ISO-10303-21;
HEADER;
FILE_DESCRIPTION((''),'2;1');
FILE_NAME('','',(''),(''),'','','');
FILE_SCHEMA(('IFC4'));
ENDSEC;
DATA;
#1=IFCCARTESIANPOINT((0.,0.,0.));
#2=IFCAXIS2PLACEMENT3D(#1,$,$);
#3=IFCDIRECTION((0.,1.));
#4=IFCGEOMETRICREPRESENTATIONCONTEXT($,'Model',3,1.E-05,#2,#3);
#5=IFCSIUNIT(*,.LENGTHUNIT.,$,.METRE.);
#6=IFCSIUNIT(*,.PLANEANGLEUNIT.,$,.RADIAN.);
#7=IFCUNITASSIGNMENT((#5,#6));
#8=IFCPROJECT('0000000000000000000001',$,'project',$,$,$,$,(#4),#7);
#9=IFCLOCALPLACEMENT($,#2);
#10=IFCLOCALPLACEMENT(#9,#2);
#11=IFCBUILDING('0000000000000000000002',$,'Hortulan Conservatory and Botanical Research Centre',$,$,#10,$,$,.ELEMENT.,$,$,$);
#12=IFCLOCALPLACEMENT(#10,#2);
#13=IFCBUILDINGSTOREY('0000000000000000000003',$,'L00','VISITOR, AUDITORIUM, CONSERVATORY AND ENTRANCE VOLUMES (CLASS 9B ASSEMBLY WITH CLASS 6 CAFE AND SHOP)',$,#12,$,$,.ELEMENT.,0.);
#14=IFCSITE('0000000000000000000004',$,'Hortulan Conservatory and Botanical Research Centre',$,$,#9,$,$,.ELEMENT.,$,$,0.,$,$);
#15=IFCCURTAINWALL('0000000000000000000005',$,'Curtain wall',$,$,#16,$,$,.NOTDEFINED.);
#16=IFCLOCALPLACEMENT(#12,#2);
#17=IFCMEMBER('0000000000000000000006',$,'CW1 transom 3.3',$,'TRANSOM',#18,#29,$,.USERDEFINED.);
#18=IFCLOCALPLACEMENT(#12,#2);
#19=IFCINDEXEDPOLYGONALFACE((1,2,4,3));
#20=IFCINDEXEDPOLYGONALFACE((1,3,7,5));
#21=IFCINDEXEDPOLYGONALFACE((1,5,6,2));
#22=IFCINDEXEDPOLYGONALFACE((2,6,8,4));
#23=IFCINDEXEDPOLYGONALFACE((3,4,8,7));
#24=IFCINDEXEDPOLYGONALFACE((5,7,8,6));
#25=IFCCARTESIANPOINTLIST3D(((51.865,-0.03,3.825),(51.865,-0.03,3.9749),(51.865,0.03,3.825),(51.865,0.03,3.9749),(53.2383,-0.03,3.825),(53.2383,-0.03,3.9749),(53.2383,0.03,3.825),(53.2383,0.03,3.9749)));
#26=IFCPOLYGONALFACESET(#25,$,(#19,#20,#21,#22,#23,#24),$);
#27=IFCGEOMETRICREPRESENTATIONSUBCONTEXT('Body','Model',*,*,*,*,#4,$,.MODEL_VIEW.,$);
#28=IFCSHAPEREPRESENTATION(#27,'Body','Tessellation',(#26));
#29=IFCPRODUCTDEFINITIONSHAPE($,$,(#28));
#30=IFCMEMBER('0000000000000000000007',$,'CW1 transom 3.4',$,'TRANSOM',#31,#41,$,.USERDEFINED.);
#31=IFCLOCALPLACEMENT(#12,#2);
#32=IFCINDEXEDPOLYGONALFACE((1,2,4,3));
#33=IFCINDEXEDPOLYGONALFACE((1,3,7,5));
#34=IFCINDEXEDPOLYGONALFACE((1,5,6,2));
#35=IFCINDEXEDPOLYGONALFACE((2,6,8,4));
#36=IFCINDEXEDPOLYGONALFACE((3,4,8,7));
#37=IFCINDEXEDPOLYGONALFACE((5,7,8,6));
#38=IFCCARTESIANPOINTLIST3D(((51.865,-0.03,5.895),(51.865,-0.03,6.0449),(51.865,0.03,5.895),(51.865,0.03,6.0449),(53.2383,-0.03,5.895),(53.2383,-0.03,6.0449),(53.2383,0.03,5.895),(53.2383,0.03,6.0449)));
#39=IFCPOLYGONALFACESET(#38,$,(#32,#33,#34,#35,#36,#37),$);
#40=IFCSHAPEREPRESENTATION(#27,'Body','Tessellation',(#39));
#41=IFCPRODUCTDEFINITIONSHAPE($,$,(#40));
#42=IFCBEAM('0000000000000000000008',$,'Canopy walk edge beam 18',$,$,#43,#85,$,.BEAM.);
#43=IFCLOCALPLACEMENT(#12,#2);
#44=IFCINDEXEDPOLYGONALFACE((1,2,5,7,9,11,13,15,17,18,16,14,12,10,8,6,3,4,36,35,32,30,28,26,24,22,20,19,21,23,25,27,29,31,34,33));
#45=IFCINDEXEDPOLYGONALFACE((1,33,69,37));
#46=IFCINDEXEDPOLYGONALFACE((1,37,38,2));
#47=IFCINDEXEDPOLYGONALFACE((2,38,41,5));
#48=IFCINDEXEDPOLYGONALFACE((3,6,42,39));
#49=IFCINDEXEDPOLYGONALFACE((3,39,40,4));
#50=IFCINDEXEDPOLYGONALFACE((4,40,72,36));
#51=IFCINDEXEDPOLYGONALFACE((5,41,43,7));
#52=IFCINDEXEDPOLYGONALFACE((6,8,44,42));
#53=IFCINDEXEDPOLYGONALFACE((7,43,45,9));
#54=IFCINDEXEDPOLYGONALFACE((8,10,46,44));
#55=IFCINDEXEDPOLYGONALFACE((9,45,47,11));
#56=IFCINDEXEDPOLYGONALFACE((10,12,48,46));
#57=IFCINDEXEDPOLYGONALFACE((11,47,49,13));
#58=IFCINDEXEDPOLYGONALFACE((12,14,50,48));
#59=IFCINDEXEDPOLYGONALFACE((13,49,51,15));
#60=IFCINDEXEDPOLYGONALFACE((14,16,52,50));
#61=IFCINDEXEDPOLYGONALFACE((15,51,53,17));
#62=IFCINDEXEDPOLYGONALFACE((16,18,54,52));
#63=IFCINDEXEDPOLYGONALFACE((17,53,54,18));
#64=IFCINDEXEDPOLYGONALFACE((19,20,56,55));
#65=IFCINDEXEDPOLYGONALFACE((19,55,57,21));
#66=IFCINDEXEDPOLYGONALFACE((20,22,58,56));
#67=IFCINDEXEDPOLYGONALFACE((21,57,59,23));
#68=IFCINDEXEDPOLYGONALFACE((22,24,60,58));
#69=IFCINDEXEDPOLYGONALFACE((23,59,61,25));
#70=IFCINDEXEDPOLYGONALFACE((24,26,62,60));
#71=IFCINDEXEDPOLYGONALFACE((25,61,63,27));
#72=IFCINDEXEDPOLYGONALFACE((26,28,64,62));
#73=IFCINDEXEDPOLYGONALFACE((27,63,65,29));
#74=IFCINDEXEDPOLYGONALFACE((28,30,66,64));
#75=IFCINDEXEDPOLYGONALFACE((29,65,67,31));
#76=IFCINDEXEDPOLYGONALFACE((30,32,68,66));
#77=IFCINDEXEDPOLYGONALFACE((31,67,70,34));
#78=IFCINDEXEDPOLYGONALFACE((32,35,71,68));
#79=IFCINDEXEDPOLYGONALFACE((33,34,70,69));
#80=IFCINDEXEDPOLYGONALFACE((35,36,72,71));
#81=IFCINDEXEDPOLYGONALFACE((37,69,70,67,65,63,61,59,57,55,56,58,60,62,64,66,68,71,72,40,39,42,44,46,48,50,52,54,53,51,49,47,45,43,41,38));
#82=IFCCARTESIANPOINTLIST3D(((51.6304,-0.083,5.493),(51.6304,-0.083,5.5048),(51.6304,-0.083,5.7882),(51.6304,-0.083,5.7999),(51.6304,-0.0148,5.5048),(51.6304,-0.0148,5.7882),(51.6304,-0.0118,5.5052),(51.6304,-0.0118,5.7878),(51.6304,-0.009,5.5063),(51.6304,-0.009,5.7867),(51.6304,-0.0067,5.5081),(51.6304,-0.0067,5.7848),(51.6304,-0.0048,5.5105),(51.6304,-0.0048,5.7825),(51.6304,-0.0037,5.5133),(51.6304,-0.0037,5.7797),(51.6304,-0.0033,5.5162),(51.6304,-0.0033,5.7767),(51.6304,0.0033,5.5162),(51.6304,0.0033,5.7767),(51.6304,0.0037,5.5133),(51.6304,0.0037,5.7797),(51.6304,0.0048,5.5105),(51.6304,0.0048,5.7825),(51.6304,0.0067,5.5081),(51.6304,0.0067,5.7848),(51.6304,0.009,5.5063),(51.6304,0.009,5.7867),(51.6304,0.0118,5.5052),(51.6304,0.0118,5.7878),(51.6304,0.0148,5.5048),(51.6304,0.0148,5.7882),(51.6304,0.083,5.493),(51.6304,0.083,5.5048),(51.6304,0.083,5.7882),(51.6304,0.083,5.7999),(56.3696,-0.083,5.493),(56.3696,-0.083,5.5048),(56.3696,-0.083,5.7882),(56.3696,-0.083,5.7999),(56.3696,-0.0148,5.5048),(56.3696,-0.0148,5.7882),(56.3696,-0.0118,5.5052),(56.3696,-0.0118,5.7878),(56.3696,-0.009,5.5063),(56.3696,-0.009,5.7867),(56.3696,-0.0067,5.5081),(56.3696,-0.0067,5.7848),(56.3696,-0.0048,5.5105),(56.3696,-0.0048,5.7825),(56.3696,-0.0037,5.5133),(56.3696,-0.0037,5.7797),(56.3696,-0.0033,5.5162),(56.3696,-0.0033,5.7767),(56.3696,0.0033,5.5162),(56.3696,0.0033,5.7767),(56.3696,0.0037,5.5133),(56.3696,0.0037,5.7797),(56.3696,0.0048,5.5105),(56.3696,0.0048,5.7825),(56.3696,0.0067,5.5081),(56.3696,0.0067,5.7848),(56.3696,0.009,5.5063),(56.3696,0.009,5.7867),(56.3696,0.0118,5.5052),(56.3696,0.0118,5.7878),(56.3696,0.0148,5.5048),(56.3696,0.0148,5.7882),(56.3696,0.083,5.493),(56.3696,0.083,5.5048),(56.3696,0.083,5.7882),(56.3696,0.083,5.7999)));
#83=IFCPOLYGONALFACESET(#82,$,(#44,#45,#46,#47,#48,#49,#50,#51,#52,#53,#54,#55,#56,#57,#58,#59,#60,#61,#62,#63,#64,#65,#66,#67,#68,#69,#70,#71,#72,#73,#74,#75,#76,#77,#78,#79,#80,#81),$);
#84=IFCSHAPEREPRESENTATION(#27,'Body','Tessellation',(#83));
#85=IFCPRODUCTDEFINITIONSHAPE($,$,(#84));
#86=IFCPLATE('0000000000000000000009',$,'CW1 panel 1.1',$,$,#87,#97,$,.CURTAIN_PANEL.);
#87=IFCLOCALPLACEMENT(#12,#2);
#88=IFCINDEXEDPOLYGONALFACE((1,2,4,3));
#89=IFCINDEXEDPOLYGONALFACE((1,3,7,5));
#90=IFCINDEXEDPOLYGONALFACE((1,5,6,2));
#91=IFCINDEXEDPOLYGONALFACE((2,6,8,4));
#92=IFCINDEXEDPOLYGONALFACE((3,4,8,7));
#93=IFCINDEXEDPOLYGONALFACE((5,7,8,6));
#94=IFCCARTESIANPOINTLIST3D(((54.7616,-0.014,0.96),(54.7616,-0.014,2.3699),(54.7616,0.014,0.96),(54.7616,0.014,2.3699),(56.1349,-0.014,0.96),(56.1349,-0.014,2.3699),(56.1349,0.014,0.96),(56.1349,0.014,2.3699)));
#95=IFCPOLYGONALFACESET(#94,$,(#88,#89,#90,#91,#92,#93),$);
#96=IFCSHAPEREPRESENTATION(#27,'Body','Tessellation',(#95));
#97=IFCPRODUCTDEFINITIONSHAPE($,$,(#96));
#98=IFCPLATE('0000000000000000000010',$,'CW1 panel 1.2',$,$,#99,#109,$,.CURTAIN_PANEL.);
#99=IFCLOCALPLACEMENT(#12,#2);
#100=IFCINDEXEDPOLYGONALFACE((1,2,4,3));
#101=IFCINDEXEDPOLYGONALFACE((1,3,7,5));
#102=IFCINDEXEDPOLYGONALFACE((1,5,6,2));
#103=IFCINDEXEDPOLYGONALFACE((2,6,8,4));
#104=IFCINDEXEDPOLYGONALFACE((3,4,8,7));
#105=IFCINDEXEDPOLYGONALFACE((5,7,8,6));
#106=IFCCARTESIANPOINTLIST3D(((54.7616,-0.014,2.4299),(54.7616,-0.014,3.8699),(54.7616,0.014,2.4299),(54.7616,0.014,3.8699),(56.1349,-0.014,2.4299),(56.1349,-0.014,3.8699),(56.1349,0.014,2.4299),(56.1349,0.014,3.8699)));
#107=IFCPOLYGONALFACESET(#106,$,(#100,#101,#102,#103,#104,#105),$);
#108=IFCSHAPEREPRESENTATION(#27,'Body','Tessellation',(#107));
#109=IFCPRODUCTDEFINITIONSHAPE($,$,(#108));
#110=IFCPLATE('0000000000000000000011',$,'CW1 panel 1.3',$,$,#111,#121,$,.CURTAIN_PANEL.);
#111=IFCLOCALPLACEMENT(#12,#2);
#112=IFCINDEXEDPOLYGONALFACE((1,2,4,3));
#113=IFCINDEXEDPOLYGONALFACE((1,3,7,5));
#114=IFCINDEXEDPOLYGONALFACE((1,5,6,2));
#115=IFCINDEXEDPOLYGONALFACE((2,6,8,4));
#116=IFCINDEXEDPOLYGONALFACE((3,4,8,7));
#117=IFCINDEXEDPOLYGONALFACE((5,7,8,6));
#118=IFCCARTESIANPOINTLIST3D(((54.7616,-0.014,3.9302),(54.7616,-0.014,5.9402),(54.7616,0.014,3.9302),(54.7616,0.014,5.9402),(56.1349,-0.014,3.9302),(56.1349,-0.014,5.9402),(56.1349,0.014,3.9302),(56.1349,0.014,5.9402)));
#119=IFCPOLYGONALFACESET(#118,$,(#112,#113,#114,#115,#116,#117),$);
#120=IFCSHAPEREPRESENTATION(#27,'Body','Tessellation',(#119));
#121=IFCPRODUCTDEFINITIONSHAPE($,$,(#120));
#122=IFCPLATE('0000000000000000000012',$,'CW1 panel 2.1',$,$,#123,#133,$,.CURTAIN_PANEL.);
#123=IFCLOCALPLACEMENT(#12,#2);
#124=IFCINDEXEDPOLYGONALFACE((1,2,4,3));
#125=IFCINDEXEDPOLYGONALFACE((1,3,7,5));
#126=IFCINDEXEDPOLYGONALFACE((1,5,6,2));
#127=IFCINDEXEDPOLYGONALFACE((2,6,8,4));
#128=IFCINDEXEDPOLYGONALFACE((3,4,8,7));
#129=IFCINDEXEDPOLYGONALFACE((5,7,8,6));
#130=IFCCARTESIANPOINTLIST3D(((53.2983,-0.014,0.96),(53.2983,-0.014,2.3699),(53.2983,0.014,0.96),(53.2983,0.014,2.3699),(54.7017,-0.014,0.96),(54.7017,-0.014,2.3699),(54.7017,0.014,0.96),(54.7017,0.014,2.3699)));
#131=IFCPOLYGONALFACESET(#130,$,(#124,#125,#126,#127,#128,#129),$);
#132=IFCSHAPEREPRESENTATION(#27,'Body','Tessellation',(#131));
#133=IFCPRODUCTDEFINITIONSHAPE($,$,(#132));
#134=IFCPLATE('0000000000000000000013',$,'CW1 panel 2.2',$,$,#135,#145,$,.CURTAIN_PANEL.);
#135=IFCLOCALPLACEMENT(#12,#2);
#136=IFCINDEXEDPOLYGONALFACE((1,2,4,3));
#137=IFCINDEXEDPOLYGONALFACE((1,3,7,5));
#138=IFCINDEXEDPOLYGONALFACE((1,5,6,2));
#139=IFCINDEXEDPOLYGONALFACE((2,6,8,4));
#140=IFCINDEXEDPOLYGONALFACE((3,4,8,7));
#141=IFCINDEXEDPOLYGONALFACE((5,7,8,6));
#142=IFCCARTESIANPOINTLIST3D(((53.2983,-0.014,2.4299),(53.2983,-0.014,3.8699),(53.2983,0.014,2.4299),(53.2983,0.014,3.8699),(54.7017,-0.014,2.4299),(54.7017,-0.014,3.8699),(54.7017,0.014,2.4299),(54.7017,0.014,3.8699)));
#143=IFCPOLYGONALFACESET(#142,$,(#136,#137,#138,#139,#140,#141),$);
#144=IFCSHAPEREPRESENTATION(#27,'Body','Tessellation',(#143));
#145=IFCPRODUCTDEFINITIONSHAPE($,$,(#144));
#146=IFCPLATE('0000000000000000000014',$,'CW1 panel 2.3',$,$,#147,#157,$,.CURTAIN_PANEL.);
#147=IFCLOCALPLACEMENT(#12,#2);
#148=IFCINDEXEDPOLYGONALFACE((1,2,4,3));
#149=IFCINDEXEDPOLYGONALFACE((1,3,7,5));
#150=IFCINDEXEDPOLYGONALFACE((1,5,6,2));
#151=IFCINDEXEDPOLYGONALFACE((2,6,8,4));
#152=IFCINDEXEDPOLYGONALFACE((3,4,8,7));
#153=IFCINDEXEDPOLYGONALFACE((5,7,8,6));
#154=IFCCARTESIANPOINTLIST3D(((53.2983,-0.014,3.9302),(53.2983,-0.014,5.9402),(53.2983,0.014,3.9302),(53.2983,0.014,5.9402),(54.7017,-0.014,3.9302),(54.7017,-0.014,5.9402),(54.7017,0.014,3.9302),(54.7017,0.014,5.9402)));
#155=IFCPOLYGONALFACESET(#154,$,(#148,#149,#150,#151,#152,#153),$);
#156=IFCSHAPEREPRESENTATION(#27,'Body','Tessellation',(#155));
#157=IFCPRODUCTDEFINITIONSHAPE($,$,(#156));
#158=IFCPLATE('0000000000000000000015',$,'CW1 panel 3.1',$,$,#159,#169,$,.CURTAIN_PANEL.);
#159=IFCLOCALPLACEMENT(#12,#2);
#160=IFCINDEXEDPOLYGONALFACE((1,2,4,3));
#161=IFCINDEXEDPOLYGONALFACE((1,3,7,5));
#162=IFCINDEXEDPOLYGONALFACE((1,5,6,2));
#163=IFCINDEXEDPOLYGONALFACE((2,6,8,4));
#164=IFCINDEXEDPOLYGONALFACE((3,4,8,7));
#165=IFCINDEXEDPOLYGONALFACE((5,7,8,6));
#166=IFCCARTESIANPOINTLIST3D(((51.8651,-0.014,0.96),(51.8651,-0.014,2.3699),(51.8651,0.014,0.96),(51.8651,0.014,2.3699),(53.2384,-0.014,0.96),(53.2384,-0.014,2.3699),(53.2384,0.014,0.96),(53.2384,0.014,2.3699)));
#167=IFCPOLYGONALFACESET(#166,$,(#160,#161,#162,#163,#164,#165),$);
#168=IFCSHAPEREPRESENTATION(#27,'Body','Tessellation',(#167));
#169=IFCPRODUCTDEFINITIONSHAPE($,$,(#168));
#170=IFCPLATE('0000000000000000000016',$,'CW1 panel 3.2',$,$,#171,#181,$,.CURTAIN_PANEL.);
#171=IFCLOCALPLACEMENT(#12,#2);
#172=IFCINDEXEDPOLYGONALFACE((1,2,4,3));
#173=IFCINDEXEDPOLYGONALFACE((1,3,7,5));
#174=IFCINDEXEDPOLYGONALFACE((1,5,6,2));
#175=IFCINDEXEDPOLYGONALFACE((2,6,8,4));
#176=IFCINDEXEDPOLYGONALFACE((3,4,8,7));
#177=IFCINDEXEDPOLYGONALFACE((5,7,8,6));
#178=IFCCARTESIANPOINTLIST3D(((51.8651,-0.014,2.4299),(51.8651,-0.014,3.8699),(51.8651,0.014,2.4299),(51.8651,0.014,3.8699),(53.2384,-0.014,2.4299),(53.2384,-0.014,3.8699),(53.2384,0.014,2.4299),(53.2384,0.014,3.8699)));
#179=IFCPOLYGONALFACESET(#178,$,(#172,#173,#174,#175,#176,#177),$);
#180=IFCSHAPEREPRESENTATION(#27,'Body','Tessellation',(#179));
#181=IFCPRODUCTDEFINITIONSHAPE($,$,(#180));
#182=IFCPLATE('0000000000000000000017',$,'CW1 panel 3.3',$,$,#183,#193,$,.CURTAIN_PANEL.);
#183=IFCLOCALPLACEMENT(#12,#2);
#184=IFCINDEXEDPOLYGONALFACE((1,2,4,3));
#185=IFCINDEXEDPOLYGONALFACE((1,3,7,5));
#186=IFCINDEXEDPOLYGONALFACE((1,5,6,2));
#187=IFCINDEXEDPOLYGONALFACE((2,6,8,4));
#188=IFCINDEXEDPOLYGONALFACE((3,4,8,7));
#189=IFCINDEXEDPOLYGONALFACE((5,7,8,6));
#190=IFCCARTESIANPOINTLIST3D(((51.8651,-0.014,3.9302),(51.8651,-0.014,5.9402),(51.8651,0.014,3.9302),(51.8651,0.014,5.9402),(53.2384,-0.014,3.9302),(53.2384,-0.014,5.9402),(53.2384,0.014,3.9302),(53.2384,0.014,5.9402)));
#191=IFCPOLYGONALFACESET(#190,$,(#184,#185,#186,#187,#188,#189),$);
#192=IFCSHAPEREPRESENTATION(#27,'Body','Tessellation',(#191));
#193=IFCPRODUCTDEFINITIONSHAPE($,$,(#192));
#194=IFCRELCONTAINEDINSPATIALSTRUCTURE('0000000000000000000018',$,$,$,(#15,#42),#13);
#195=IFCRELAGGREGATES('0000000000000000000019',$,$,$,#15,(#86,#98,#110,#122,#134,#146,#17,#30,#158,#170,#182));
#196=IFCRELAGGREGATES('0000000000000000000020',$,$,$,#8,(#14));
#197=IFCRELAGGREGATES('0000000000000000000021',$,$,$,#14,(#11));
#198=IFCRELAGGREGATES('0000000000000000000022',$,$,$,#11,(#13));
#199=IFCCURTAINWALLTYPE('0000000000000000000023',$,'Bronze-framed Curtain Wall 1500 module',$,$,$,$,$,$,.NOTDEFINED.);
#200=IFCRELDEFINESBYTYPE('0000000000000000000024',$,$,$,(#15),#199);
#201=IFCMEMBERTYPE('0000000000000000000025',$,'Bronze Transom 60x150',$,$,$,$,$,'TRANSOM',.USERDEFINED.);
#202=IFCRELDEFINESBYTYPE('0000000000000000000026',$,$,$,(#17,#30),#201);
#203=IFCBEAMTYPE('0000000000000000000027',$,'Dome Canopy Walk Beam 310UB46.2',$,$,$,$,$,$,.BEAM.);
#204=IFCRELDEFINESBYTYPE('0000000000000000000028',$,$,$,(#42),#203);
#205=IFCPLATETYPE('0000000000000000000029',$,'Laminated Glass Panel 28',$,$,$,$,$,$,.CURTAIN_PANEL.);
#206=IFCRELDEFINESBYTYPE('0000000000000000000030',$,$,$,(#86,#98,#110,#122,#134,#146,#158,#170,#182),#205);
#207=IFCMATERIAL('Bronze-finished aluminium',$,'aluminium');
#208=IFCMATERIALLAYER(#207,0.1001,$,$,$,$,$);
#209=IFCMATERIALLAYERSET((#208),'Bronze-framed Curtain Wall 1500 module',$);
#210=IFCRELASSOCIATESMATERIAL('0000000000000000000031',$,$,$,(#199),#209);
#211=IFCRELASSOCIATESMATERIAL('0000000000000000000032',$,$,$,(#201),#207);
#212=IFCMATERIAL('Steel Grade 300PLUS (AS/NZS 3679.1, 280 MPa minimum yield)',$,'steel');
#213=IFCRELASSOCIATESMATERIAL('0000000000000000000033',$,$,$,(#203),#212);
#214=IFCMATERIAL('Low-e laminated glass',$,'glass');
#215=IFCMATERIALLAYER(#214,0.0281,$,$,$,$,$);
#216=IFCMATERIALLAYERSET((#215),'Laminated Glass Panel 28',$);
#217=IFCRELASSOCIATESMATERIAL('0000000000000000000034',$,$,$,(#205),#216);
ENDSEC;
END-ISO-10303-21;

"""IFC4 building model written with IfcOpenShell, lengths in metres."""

from ifc_helpers import new_model, si_unit, direction, frame, origin, origin_2d, place, context, subcontext, project, spatial, rectangle, i_section, extrude, material, layer, layer_set, material_profile, profile_set, type_object, element, aggregate, save


model = new_model("IFC4")

# Units and contexts
model_context = context("Model", 3, precision=1e-05, world=origin(), true_north=direction((0.0, 1.0)))
body_context = subcontext(model_context, "Body", "Model", "MODEL_VIEW")
ifc_project = project(units=[si_unit("LENGTHUNIT", "METRE"), si_unit("PLANEANGLEUNIT", "RADIAN")], contexts=[model_context])

# Site, building, storey
site_placement = place(None, origin())
site = spatial("IfcSite", under=ifc_project, at=site_placement, Name="Hortulan Conservatory and Botanical Research Centre", CompositionType="ELEMENT", RefElevation=0.0)
building_placement = place(site_placement, origin())
building = spatial("IfcBuilding", under=site, at=building_placement, Name="Hortulan Conservatory and Botanical Research Centre", CompositionType="ELEMENT")
storey_placement = place(building_placement, origin())
storey = spatial("IfcBuildingStorey", under=building, at=storey_placement, Name="L00", Description="VISITOR, AUDITORIUM, CONSERVATORY AND ENTRANCE VOLUMES (CLASS 9B ASSEMBLY WITH CLASS 6 CAFE AND SHOP)", CompositionType="ELEMENT", Elevation=0.0)

# Curtain wall, members
ifc_material_1 = material(Name="Bronze-finished aluminium", Category="aluminium")
ifc_layer_1 = layer(ifc_material_1, 0.1001)
ifc_layer_set_1 = layer_set([ifc_layer_1], Name="Bronze-framed Curtain Wall 1500 module")
curtain_wall_type = type_object("IfcCurtainWallType", Name="Bronze-framed Curtain Wall 1500 module", PredefinedType="NOTDEFINED", material=ifc_layer_set_1)
curtain_wall_placement = place(storey_placement, origin())
curtain_wall = element("IfcCurtainWall", 1, at=curtain_wall_placement, inside=storey, type_object=curtain_wall_type, Name="Curtain wall", PredefinedType="NOTDEFINED")
ifc_material_profile_1 = material_profile(ifc_material_1, rectangle(XDim=0.0601, YDim=0.1499, at=origin_2d()), Name="Bronze Transom 60x150")
ifc_profile_set_1 = profile_set([ifc_material_profile_1], Name="Bronze-finished aluminium")
member_type_1 = type_object("IfcMemberType", Name="Bronze Transom 60x150", ElementType="TRANSOM", PredefinedType="USERDEFINED", material=ifc_profile_set_1)
member_1_placement = place(storey_placement, frame((53.2383, 0.0, 3.8999), z_axis=(-1.0, 0.0, 0.0), x_axis=(0.0, -1.0, 0.0)))
member_1 = element("IfcMember", 2, at=member_1_placement, type_object=member_type_1, Name="CW1 transom 3.3", ObjectType="TRANSOM", PredefinedType="USERDEFINED", context=body_context, shape_type="SweptSolid", body=[
    extrude(rectangle(XDim=0.0601, YDim=0.1499, at=origin_2d()), origin(), (0.0, 0.0, 1.0), 1.3733),
])
member_2_placement = place(storey_placement, frame((53.2383, 0.0, 5.97), z_axis=(-1.0, 0.0, 0.0), x_axis=(0.0, -1.0, 0.0)))
member_2 = element("IfcMember", 3, at=member_2_placement, type_object=member_type_1, Name="CW1 transom 3.4", ObjectType="TRANSOM", PredefinedType="USERDEFINED", context=body_context, shape_type="SweptSolid", body=[
    extrude(rectangle(XDim=0.0601, YDim=0.1499, at=origin_2d()), origin(), (0.0, 0.0, 1.0), 1.3733),
])

# Beam
ifc_material_2 = material(Name="Steel Grade 300PLUS (AS/NZS 3679.1, 280 MPa minimum yield)", Category="steel")
ifc_material_profile_2 = material_profile(ifc_material_2, i_section(OverallWidth=0.166, OverallDepth=0.3069, WebThickness=0.0066, FlangeThickness=0.0117, FilletRadius=0.0115, at=origin_2d()), Name="310UB46.2")
ifc_profile_set_2 = profile_set([ifc_material_profile_2], Name="Steel Grade 300PLUS (AS/NZS 3679.1, 280 MPa minimum yield)")
beam_type = type_object("IfcBeamType", Name="Dome Canopy Walk Beam 310UB46.2", PredefinedType="BEAM", material=ifc_profile_set_2)
beam_placement = place(storey_placement, frame((51.6304, 0.0, 5.6465), z_axis=(1.0, 0.0, 0.0), x_axis=(0.0, 1.0, 0.0)))
element("IfcBeam", 4, at=beam_placement, inside=storey, type_object=beam_type, Name="Canopy walk edge beam 18", PredefinedType="BEAM", context=body_context, shape_type="SweptSolid", body=[
    extrude(i_section(OverallWidth=0.166, OverallDepth=0.3069, WebThickness=0.0066, FlangeThickness=0.0117, FilletRadius=0.0115, at=origin_2d()), origin(), (0.0, 0.0, 1.0), 4.7393),
])

# Plates
ifc_material_3 = material(Name="Low-e laminated glass", Category="glass")
ifc_layer_2 = layer(ifc_material_3, 0.0281)
ifc_layer_set_2 = layer_set([ifc_layer_2], Name="Laminated Glass Panel 28")
plate_type = type_object("IfcPlateType", Name="Laminated Glass Panel 28", PredefinedType="CURTAIN_PANEL", material=ifc_layer_set_2)
plate_1_placement = place(storey_placement, frame((55.4482, 0.0, 0.96), z_axis=(0.0, 0.0, 1.0), x_axis=(-1.0, 0.0, 0.0)))
plate_1 = element("IfcPlate", 5, at=plate_1_placement, type_object=plate_type, Name="CW1 panel 1.1", PredefinedType="CURTAIN_PANEL", context=body_context, shape_type="SweptSolid", body=[
    extrude(rectangle(XDim=1.3733, YDim=0.0281, at=origin_2d()), origin(), (0.0, 0.0, 1.0), 1.4099),
])
plate_2_placement = place(storey_placement, frame((55.4482, 0.0, 2.4299), z_axis=(0.0, 0.0, 1.0), x_axis=(-1.0, 0.0, 0.0)))
plate_2 = element("IfcPlate", 6, at=plate_2_placement, type_object=plate_type, Name="CW1 panel 1.2", PredefinedType="CURTAIN_PANEL", context=body_context, shape_type="SweptSolid", body=[
    extrude(rectangle(XDim=1.3733, YDim=0.0281, at=origin_2d()), origin(), (0.0, 0.0, 1.0), 1.4399),
])
plate_3_placement = place(storey_placement, frame((55.4482, 0.0, 3.9302), z_axis=(0.0, 0.0, 1.0), x_axis=(-1.0, 0.0, 0.0)))
plate_3 = element("IfcPlate", 7, at=plate_3_placement, type_object=plate_type, Name="CW1 panel 1.3", PredefinedType="CURTAIN_PANEL", context=body_context, shape_type="SweptSolid", body=[
    extrude(rectangle(XDim=1.3733, YDim=0.0281, at=origin_2d()), origin(), (0.0, 0.0, 1.0), 2.01),
])
plate_4_placement = place(storey_placement, frame((54.0, 0.0, 0.96), z_axis=(0.0, 0.0, 1.0), x_axis=(-1.0, 0.0, 0.0)))
plate_4 = element("IfcPlate", 8, at=plate_4_placement, type_object=plate_type, Name="CW1 panel 2.1", PredefinedType="CURTAIN_PANEL", context=body_context, shape_type="SweptSolid", body=[
    extrude(rectangle(XDim=1.4033, YDim=0.0281, at=origin_2d()), origin(), (0.0, 0.0, 1.0), 1.4099),
])
plate_5_placement = place(storey_placement, frame((54.0, 0.0, 2.4299), z_axis=(0.0, 0.0, 1.0), x_axis=(-1.0, 0.0, 0.0)))
plate_5 = element("IfcPlate", 9, at=plate_5_placement, type_object=plate_type, Name="CW1 panel 2.2", PredefinedType="CURTAIN_PANEL", context=body_context, shape_type="SweptSolid", body=[
    extrude(rectangle(XDim=1.4033, YDim=0.0281, at=origin_2d()), origin(), (0.0, 0.0, 1.0), 1.4399),
])
plate_6_placement = place(storey_placement, frame((54.0, 0.0, 3.9302), z_axis=(0.0, 0.0, 1.0), x_axis=(-1.0, 0.0, 0.0)))
plate_6 = element("IfcPlate", 10, at=plate_6_placement, type_object=plate_type, Name="CW1 panel 2.3", PredefinedType="CURTAIN_PANEL", context=body_context, shape_type="SweptSolid", body=[
    extrude(rectangle(XDim=1.4033, YDim=0.0281, at=origin_2d()), origin(), (0.0, 0.0, 1.0), 2.01),
])
plate_7_placement = place(storey_placement, frame((52.5518, 0.0, 0.96), z_axis=(0.0, 0.0, 1.0), x_axis=(-1.0, 0.0, 0.0)))
plate_7 = element("IfcPlate", 11, at=plate_7_placement, type_object=plate_type, Name="CW1 panel 3.1", PredefinedType="CURTAIN_PANEL", context=body_context, shape_type="SweptSolid", body=[
    extrude(rectangle(XDim=1.3733, YDim=0.0281, at=origin_2d()), origin(), (0.0, 0.0, 1.0), 1.4099),
])
plate_8_placement = place(storey_placement, frame((52.5518, 0.0, 2.4299), z_axis=(0.0, 0.0, 1.0), x_axis=(-1.0, 0.0, 0.0)))
plate_8 = element("IfcPlate", 12, at=plate_8_placement, type_object=plate_type, Name="CW1 panel 3.2", PredefinedType="CURTAIN_PANEL", context=body_context, shape_type="SweptSolid", body=[
    extrude(rectangle(XDim=1.3733, YDim=0.0281, at=origin_2d()), origin(), (0.0, 0.0, 1.0), 1.4399),
])
plate_9_placement = place(storey_placement, frame((52.5518, 0.0, 3.9302), z_axis=(0.0, 0.0, 1.0), x_axis=(-1.0, 0.0, 0.0)))
plate_9 = element("IfcPlate", 13, at=plate_9_placement, type_object=plate_type, Name="CW1 panel 3.3", PredefinedType="CURTAIN_PANEL", context=body_context, shape_type="SweptSolid", body=[
    extrude(rectangle(XDim=1.3733, YDim=0.0281, at=origin_2d()), origin(), (0.0, 0.0, 1.0), 2.01),
])
aggregate(curtain_wall, [plate_1, plate_2, plate_3, plate_4, plate_5, plate_6, member_1, member_2, plate_7, plate_8, plate_9])

save(model, "model.ifc")
